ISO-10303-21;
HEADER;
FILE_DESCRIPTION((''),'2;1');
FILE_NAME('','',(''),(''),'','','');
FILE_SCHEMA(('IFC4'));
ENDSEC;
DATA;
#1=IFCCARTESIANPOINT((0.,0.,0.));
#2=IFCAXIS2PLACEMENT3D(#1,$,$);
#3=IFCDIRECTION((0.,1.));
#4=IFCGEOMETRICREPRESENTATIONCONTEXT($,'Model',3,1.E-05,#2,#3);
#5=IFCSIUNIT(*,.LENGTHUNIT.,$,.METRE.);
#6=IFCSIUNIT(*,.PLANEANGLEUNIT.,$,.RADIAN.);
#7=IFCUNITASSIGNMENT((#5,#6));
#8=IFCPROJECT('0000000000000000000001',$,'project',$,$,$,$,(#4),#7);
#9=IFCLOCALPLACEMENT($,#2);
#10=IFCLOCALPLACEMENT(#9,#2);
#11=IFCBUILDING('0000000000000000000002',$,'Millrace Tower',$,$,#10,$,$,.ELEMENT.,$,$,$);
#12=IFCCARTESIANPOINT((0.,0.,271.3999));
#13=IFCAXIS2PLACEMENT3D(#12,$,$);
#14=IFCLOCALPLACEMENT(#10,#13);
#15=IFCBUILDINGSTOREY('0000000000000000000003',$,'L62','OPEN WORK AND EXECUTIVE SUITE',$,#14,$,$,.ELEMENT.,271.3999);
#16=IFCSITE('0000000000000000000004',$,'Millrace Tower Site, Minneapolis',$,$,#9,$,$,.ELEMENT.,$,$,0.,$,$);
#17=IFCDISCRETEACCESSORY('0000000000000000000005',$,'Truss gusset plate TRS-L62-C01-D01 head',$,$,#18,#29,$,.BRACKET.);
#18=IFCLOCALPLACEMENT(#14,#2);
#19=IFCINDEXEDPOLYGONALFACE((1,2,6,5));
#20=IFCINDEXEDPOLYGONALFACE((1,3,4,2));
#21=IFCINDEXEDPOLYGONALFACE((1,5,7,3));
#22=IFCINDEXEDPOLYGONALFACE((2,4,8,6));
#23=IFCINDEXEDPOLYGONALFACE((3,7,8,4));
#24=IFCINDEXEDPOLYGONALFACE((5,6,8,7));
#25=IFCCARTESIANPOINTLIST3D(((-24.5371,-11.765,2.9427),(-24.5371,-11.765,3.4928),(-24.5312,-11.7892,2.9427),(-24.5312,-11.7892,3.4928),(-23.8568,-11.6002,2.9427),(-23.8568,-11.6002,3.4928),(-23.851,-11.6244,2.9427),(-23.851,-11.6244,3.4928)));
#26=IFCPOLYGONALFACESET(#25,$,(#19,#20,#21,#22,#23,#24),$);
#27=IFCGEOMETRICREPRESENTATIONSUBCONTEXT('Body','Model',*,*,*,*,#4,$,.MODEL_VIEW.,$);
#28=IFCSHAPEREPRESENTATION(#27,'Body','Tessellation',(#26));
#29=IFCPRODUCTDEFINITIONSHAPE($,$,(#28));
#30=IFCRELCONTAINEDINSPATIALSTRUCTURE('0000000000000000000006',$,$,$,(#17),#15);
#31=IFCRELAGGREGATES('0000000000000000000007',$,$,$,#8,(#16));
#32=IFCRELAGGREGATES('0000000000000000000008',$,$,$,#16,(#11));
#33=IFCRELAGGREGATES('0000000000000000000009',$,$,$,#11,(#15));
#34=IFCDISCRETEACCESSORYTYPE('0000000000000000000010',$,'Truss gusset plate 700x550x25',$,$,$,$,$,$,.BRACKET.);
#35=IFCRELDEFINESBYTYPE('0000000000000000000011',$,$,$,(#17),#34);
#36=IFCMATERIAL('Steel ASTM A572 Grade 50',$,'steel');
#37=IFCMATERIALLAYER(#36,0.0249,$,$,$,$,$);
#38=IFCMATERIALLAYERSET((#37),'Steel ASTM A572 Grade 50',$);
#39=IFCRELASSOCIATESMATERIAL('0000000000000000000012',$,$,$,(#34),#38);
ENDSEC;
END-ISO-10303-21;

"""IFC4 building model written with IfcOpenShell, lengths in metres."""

from ifc_helpers import new_model, si_unit, direction, frame, origin, origin_2d, place, context, subcontext, project, spatial, rectangle, extrude, material, layer, layer_set, type_object, element, save


model = new_model("IFC4")

# Units and contexts
model_context = context("Model", 3, precision=1e-05, world=origin(), true_north=direction((0.0, 1.0)))
body_context = subcontext(model_context, "Body", "Model", "MODEL_VIEW")
ifc_project = project(units=[si_unit("LENGTHUNIT", "METRE"), si_unit("PLANEANGLEUNIT", "RADIAN")], contexts=[model_context])

# Site, building, storey
site_placement = place(None, origin())
site = spatial("IfcSite", under=ifc_project, at=site_placement, Name="Millrace Tower Site, Minneapolis", CompositionType="ELEMENT", RefElevation=0.0)
building_placement = place(site_placement, origin())
building = spatial("IfcBuilding", under=site, at=building_placement, Name="Millrace Tower", CompositionType="ELEMENT")
storey_placement = place(building_placement, frame((0.0, 0.0, 271.3999)))
storey = spatial("IfcBuildingStorey", under=building, at=storey_placement, Name="L62", Description="OPEN WORK AND EXECUTIVE SUITE", CompositionType="ELEMENT", Elevation=271.3999)

# Discrete accessory
ifc_material_1 = material(Name="Steel ASTM A572 Grade 50", Category="steel")
ifc_layer_1 = layer(ifc_material_1, 0.0249)
ifc_layer_set_1 = layer_set([ifc_layer_1], Name="Steel ASTM A572 Grade 50")
discrete_accessory_type = type_object("IfcDiscreteAccessoryType", Name="Truss gusset plate 700x550x25", PredefinedType="BRACKET", material=ifc_layer_set_1)
discrete_accessory_1_placement = place(storey_placement, frame((-24.5342, -11.7771, 3.2178), z_axis=(0.971882, 0.23547, 0.0), x_axis=(-0.23547, 0.971882, 0.0)))
element("IfcDiscreteAccessory", 1, at=discrete_accessory_1_placement, inside=storey, type_object=discrete_accessory_type, Name="Truss gusset plate TRS-L62-C01-D01 head", PredefinedType="BRACKET", context=body_context, shape_type="SweptSolid", body=[
    extrude(rectangle(XDim=0.0249, YDim=0.55, at=origin_2d()), origin(), (0.0, 0.0, 1.0), 0.7),
])

save(model, "model.ifc")
